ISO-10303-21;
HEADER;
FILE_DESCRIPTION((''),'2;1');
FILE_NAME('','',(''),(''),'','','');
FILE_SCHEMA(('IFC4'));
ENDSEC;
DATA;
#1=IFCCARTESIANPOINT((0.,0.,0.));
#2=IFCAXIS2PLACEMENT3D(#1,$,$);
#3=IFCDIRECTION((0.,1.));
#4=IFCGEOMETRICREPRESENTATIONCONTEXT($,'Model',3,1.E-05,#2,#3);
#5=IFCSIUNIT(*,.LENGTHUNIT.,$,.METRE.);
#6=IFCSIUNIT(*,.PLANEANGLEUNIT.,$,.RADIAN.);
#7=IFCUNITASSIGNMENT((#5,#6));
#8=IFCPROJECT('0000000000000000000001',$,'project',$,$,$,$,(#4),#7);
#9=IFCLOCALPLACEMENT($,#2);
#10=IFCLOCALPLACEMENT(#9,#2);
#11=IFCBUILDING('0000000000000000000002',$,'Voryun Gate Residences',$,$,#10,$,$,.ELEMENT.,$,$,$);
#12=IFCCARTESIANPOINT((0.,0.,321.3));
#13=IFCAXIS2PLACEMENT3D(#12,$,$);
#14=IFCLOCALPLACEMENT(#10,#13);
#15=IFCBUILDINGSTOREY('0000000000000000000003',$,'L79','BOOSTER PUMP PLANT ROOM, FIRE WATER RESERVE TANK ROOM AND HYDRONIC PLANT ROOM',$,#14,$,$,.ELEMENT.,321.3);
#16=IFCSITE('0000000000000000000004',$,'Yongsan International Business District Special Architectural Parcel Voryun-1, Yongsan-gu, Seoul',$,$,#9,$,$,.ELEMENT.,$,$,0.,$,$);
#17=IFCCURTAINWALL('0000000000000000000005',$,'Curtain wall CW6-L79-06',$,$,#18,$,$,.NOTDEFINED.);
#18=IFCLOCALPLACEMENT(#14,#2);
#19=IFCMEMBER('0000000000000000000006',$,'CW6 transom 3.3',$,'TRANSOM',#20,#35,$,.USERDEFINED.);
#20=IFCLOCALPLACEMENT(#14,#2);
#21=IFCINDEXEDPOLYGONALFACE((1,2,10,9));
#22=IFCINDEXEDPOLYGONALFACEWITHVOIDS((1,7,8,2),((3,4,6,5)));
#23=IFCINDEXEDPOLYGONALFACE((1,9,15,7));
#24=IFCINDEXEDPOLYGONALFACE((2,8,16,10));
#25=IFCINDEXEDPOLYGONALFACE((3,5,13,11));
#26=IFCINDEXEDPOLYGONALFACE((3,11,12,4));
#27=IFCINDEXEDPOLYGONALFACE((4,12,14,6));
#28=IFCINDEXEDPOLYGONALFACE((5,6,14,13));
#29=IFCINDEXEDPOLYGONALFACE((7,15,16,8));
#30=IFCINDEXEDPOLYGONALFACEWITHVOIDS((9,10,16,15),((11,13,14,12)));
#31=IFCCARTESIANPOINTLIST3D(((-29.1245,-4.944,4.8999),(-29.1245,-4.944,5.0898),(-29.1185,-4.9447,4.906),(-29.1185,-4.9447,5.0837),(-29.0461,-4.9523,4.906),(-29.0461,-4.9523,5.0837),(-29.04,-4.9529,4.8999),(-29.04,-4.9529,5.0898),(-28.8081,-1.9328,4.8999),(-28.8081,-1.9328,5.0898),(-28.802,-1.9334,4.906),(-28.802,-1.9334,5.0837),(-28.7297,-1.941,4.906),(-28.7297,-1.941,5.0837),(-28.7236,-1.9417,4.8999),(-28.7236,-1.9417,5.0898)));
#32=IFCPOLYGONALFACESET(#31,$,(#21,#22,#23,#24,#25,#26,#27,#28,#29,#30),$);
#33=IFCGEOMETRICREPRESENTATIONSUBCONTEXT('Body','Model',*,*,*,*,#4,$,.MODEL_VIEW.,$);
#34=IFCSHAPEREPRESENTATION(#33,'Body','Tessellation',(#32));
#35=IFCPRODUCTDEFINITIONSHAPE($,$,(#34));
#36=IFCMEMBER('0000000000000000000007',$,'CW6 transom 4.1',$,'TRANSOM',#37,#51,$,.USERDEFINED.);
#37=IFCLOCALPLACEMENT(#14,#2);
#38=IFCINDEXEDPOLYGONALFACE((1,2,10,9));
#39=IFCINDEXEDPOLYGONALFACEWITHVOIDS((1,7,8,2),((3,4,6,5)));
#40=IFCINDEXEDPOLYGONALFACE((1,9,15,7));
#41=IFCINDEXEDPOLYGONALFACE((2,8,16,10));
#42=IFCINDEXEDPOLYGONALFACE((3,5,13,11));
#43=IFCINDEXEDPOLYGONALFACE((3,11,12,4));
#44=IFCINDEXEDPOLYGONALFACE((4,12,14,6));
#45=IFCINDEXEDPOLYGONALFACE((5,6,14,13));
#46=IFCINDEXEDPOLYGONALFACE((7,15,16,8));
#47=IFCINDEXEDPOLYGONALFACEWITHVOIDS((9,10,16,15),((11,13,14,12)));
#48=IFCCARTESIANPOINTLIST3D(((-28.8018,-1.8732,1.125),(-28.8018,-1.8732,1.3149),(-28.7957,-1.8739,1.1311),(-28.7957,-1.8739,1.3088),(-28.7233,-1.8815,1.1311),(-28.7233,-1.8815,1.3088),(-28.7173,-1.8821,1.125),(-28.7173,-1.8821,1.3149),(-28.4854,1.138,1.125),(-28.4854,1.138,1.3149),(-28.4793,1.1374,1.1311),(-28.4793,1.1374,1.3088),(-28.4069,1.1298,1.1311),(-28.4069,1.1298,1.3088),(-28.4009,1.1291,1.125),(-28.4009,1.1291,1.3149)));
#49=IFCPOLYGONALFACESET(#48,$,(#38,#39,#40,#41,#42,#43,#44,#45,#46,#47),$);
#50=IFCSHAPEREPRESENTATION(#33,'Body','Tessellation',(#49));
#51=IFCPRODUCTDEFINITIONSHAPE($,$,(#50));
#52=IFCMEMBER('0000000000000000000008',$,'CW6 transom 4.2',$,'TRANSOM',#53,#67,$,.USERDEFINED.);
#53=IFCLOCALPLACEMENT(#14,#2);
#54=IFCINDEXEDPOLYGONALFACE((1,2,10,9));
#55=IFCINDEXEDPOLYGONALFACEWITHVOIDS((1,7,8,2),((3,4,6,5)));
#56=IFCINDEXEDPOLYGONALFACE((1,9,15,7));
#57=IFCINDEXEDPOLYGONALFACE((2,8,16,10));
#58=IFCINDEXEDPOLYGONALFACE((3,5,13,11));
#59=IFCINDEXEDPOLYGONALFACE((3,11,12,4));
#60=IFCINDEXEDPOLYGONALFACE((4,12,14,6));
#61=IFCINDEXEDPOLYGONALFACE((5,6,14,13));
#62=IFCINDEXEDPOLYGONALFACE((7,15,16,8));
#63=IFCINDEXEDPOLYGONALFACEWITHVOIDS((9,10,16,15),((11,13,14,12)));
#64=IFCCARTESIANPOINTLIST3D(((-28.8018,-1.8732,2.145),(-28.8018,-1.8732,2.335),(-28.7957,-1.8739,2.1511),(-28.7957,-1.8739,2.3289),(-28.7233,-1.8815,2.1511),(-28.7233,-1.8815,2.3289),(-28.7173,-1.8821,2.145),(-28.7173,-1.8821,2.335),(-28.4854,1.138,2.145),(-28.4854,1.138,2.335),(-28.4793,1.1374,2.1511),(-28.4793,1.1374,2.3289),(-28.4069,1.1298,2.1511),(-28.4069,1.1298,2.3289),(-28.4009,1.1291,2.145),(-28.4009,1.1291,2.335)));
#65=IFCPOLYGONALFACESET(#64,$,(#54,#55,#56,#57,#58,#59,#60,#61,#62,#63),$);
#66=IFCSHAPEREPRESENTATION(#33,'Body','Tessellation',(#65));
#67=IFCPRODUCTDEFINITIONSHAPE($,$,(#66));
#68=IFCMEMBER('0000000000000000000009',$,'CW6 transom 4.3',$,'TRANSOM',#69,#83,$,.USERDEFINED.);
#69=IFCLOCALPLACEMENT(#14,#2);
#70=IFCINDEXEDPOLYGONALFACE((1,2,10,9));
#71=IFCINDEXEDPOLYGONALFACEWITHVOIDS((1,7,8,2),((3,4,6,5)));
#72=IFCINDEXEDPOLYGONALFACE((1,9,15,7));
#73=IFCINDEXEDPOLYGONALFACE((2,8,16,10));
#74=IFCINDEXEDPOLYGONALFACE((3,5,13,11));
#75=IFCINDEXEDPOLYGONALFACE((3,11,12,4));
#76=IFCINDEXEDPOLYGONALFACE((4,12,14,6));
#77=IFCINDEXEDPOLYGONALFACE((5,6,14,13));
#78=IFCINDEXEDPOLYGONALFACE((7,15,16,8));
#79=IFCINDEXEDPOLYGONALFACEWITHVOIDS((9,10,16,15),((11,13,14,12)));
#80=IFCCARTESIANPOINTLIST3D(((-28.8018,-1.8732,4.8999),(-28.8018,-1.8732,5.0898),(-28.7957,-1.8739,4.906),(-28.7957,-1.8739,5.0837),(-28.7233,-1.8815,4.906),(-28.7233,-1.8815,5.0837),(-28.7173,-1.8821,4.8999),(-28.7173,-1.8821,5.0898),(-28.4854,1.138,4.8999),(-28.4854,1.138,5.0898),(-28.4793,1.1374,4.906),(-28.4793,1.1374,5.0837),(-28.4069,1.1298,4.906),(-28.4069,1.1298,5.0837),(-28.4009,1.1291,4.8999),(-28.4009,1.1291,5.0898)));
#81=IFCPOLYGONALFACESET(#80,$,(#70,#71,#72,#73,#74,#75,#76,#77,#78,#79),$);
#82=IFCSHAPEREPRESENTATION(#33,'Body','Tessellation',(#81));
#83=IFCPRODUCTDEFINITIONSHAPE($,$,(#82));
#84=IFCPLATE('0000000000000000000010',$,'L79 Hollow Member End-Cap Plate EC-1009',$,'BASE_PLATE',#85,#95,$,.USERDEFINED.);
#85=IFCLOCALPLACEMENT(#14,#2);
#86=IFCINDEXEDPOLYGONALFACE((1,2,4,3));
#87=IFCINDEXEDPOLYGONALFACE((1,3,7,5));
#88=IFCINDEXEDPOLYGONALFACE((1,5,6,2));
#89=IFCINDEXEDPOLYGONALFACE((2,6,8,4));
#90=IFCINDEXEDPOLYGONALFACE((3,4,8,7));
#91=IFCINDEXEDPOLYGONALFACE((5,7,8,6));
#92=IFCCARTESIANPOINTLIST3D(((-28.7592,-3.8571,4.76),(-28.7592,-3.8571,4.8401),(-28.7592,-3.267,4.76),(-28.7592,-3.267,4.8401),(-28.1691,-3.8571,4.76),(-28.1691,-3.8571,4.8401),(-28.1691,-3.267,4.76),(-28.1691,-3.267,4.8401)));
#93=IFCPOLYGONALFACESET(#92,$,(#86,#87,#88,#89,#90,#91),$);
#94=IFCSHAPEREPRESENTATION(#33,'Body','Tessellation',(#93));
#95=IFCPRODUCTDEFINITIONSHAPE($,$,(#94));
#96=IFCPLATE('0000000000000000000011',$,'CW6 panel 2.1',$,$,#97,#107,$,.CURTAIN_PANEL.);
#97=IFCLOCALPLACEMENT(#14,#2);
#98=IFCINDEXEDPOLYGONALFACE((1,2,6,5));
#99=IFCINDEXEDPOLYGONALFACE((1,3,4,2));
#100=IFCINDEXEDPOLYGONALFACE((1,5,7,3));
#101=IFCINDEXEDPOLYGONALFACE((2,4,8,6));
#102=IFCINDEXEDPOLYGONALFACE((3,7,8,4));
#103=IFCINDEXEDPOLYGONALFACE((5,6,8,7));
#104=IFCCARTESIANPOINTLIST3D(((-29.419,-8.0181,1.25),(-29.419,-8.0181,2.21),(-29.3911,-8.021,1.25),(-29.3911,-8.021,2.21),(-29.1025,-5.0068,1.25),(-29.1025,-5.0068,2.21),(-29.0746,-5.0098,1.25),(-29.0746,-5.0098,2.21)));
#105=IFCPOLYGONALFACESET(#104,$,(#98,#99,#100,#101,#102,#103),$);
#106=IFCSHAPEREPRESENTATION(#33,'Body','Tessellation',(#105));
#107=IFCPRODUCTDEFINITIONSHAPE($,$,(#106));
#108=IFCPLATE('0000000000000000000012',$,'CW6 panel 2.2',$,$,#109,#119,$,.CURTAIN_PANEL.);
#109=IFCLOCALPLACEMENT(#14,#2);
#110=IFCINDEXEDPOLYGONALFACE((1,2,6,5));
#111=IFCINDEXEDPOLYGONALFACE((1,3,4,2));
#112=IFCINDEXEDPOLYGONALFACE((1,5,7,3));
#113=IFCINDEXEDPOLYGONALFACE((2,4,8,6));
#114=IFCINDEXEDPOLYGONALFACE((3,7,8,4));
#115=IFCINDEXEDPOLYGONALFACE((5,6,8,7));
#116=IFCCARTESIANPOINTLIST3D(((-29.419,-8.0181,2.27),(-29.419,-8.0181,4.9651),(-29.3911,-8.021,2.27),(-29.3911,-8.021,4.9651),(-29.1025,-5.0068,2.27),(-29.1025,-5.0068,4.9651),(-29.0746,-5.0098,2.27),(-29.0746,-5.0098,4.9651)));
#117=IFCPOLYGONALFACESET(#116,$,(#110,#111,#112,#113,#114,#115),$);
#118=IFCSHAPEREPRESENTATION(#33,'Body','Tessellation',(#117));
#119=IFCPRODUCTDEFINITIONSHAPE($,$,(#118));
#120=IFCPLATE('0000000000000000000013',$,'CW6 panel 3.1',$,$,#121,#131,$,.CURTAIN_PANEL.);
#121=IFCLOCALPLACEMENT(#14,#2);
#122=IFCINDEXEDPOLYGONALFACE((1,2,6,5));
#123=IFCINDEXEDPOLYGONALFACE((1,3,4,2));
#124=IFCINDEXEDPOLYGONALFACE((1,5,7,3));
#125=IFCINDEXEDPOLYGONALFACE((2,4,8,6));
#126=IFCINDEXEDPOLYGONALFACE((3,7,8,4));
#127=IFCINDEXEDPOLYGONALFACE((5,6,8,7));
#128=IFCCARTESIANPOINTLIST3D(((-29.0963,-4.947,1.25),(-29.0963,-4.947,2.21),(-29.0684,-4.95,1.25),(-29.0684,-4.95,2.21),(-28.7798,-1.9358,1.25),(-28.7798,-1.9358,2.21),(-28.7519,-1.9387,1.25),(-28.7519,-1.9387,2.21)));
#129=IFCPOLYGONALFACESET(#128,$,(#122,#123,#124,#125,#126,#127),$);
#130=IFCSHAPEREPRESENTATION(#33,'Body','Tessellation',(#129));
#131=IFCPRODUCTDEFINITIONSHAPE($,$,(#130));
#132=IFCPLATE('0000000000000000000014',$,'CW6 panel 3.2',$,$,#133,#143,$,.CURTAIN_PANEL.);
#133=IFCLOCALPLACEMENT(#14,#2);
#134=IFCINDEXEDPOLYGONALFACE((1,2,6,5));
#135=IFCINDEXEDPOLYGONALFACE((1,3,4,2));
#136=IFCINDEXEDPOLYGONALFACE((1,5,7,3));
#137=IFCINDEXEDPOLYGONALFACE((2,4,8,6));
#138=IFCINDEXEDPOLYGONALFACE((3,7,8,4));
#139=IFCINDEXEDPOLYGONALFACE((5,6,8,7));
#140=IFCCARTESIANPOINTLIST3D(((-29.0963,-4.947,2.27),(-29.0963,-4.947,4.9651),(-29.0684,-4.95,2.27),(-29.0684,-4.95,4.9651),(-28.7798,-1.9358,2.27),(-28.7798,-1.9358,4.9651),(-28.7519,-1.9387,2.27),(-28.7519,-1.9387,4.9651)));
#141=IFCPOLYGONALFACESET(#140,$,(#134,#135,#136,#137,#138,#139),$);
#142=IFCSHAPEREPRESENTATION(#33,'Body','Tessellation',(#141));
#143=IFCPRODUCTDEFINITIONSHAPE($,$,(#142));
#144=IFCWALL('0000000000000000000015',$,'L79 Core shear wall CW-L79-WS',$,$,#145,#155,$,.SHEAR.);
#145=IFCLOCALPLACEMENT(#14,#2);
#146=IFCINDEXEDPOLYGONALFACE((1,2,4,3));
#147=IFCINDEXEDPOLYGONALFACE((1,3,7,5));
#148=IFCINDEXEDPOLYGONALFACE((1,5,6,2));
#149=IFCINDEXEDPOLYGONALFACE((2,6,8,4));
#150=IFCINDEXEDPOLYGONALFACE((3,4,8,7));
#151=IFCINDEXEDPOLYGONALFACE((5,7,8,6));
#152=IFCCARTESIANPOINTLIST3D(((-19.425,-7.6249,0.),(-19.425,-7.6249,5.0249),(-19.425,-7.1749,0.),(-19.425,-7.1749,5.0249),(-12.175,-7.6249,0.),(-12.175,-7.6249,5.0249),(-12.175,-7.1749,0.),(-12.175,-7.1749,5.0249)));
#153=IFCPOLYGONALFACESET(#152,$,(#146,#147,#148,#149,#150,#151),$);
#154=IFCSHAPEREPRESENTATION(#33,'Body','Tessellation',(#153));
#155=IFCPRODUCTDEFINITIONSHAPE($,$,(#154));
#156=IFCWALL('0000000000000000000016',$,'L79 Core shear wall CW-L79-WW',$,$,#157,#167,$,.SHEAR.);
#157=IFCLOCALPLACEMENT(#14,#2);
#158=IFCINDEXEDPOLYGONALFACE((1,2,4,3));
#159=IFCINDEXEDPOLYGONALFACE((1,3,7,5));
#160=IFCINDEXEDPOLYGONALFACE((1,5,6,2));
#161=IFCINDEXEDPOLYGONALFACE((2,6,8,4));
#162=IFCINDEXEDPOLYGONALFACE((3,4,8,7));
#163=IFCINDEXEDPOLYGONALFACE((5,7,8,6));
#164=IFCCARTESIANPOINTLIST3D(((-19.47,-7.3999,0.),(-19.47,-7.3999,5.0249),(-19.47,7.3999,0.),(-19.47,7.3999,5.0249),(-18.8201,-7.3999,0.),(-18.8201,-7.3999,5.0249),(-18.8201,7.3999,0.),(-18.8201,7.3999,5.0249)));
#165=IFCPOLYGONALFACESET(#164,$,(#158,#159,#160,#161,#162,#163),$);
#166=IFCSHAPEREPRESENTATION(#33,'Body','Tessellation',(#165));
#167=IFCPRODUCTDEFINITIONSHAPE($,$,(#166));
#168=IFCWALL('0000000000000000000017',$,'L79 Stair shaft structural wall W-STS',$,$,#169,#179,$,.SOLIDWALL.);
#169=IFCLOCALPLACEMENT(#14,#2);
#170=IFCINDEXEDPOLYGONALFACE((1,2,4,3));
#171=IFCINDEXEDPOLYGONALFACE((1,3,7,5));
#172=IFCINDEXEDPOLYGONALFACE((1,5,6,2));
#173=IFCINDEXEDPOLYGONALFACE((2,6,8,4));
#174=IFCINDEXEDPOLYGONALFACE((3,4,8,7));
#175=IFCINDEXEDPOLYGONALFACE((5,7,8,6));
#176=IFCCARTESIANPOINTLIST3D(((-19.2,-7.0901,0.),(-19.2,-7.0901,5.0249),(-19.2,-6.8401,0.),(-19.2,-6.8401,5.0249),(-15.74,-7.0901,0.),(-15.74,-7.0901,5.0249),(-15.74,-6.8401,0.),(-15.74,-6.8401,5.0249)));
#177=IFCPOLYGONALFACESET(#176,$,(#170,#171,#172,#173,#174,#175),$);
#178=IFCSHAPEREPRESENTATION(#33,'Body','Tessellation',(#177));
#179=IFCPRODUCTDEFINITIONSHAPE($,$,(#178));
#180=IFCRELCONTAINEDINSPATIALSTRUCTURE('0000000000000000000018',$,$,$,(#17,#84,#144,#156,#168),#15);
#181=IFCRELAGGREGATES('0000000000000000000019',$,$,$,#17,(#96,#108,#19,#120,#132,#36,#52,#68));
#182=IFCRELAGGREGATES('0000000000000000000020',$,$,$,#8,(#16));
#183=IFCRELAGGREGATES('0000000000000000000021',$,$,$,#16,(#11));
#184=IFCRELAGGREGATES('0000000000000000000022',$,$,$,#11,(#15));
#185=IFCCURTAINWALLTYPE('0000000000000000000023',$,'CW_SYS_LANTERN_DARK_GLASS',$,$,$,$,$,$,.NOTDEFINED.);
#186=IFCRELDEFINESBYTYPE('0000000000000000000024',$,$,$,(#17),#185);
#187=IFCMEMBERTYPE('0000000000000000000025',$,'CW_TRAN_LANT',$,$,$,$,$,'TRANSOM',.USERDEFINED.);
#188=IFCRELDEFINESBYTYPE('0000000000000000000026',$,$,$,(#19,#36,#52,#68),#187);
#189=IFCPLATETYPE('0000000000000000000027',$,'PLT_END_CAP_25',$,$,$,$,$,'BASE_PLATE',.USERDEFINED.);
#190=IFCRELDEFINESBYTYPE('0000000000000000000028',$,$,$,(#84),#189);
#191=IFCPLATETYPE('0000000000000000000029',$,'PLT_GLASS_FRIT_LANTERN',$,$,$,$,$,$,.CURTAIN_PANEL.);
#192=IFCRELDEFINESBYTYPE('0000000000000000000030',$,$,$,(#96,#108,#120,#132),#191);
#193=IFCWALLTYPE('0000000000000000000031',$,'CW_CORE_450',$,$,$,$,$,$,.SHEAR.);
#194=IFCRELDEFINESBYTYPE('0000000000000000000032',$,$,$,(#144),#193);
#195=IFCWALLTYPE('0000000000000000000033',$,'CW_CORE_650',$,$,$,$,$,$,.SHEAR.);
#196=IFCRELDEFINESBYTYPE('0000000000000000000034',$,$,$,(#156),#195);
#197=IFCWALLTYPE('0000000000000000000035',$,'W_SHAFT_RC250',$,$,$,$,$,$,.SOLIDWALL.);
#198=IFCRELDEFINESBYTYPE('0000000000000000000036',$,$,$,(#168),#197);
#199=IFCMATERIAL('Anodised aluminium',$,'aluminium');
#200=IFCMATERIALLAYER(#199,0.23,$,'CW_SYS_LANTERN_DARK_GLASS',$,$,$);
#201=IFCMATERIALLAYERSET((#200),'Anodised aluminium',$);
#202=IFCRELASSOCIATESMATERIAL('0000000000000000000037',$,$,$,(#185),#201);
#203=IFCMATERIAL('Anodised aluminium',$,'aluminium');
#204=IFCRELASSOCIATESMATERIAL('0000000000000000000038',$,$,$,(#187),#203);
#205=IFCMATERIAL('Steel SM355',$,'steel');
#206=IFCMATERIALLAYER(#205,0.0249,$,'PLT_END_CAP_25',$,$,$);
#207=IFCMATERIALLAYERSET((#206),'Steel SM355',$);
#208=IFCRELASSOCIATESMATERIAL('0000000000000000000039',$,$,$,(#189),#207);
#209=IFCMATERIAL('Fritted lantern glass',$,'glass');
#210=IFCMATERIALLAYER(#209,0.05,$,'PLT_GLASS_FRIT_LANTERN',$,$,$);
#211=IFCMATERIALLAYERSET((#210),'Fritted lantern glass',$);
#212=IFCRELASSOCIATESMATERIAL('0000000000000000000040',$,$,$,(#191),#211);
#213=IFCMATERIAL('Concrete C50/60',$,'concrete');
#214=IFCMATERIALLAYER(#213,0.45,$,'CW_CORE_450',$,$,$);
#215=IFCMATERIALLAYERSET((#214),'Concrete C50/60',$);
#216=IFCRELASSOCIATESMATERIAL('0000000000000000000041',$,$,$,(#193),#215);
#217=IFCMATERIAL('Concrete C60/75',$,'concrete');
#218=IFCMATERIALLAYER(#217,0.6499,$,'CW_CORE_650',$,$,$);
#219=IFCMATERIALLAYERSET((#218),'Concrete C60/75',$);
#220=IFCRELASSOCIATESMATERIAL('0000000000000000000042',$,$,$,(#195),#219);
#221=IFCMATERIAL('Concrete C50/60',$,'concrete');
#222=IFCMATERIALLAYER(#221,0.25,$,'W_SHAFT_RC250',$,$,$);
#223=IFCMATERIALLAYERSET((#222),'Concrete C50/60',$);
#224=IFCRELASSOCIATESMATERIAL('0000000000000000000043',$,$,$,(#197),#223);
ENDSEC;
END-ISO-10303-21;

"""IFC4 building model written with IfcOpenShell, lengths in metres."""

from ifc_helpers import new_model, si_unit, direction, frame, frame_2d, origin, origin_2d, place, context, subcontext, project, spatial, rectangle, hollow_rectangle, extrude, material, layer, layer_set, material_profile, profile_set, type_object, element, aggregate, save


model = new_model("IFC4")

# Units and contexts
model_context = context("Model", 3, precision=1e-05, world=origin(), true_north=direction((0.0, 1.0)))
body_context = subcontext(model_context, "Body", "Model", "MODEL_VIEW")
ifc_project = project(units=[si_unit("LENGTHUNIT", "METRE"), si_unit("PLANEANGLEUNIT", "RADIAN")], contexts=[model_context])

# Site, building, storey
site_placement = place(None, origin())
site = spatial("IfcSite", under=ifc_project, at=site_placement, Name="Yongsan International Business District Special Architectural Parcel Voryun-1, Yongsan-gu, Seoul", CompositionType="ELEMENT", RefElevation=0.0)
building_placement = place(site_placement, origin())
building = spatial("IfcBuilding", under=site, at=building_placement, Name="Voryun Gate Residences", CompositionType="ELEMENT")
storey_placement = place(building_placement, frame((0.0, 0.0, 321.3)))
storey = spatial("IfcBuildingStorey", under=building, at=storey_placement, Name="L79", Description="BOOSTER PUMP PLANT ROOM, FIRE WATER RESERVE TANK ROOM AND HYDRONIC PLANT ROOM", CompositionType="ELEMENT", Elevation=321.3)

# Curtain wall, members
ifc_material_1 = material(Name="Anodised aluminium", Category="aluminium")
ifc_layer_1 = layer(ifc_material_1, 0.23, Name="CW_SYS_LANTERN_DARK_GLASS")
ifc_layer_set_1 = layer_set([ifc_layer_1], Name="Anodised aluminium")
curtain_wall_type = type_object("IfcCurtainWallType", Name="CW_SYS_LANTERN_DARK_GLASS", PredefinedType="NOTDEFINED", material=ifc_layer_set_1)
curtain_wall_placement = place(storey_placement, origin())
curtain_wall = element("IfcCurtainWall", 1, at=curtain_wall_placement, inside=storey, type_object=curtain_wall_type, Name="Curtain wall CW6-L79-06", PredefinedType="NOTDEFINED")
ifc_material_2 = material(Name="Anodised aluminium", Category="aluminium")
ifc_material_profile_1 = material_profile(ifc_material_2, hollow_rectangle(XDim=0.085, YDim=0.1899, WallThickness=0.0061, at=origin_2d()), Name="ALU-TRAN-190x85x6")
ifc_profile_set_1 = profile_set([ifc_material_profile_1], Name="Anodised aluminium")
member_type_1 = type_object("IfcMemberType", Name="CW_TRAN_LANT", ElementType="TRANSOM", PredefinedType="USERDEFINED", material=ifc_profile_set_1)
member_1_placement = place(storey_placement, frame((-29.0823, -4.9485, 4.9949), z_axis=(0.1045, 0.994525, 0.0), x_axis=(-0.994525, 0.1045, 0.0)))
member_1 = element("IfcMember", 2, at=member_1_placement, type_object=member_type_1, Name="CW6 transom 3.3", ObjectType="TRANSOM", PredefinedType="USERDEFINED", context=body_context, shape_type="SweptSolid", body=[
    extrude(hollow_rectangle(XDim=0.085, YDim=0.1899, WallThickness=0.0061, at=origin_2d()), origin(), (0.0, 0.0, 1.0), 3.0278),
])
member_2_placement = place(storey_placement, frame((-28.7595, -1.8777, 1.22), z_axis=(0.1045, 0.994525, 0.0), x_axis=(-0.994525, 0.1045, 0.0)))
member_2 = element("IfcMember", 3, at=member_2_placement, type_object=member_type_1, Name="CW6 transom 4.1", ObjectType="TRANSOM", PredefinedType="USERDEFINED", context=body_context, shape_type="SweptSolid", body=[
    extrude(hollow_rectangle(XDim=0.085, YDim=0.1899, WallThickness=0.0061, at=origin_2d()), origin(), (0.0, 0.0, 1.0), 3.0278),
])
member_3_placement = place(storey_placement, frame((-28.7595, -1.8777, 2.24), z_axis=(0.1045, 0.994525, 0.0), x_axis=(-0.994525, 0.1045, 0.0)))
member_3 = element("IfcMember", 4, at=member_3_placement, type_object=member_type_1, Name="CW6 transom 4.2", ObjectType="TRANSOM", PredefinedType="USERDEFINED", context=body_context, shape_type="SweptSolid", body=[
    extrude(hollow_rectangle(XDim=0.085, YDim=0.1899, WallThickness=0.0061, at=origin_2d()), origin(), (0.0, 0.0, 1.0), 3.0278),
])
member_4_placement = place(storey_placement, frame((-28.7595, -1.8777, 4.9949), z_axis=(0.1045, 0.994525, 0.0), x_axis=(-0.994525, 0.1045, 0.0)))
member_4 = element("IfcMember", 5, at=member_4_placement, type_object=member_type_1, Name="CW6 transom 4.3", ObjectType="TRANSOM", PredefinedType="USERDEFINED", context=body_context, shape_type="SweptSolid", body=[
    extrude(hollow_rectangle(XDim=0.085, YDim=0.1899, WallThickness=0.0061, at=origin_2d()), origin(), (0.0, 0.0, 1.0), 3.0278),
])

# Plates
ifc_material_3 = material(Name="Steel SM355", Category="steel")
ifc_layer_2 = layer(ifc_material_3, 0.0249, Name="PLT_END_CAP_25")
ifc_layer_set_2 = layer_set([ifc_layer_2], Name="Steel SM355")
plate_type_1 = type_object("IfcPlateType", Name="PLT_END_CAP_25", ElementType="BASE_PLATE", PredefinedType="USERDEFINED", material=ifc_layer_set_2)
plate_1_placement = place(storey_placement, frame((-28.4641, -3.562, 4.76), z_axis=(0.0, 0.0, 1.0), x_axis=(1.0, 0.0, 0.0)))
element("IfcPlate", 6, at=plate_1_placement, inside=storey, type_object=plate_type_1, Name="L79 Hollow Member End-Cap Plate EC-1009", ObjectType="BASE_PLATE", PredefinedType="USERDEFINED", context=body_context, shape_type="SweptSolid", body=[
    extrude(rectangle(XDim=0.5901, YDim=0.5901, at=origin_2d()), origin(), (0.0, 0.0, 1.0), 0.0801),
])
ifc_material_4 = material(Name="Fritted lantern glass", Category="glass")
ifc_layer_3 = layer(ifc_material_4, 0.05, Name="PLT_GLASS_FRIT_LANTERN")
ifc_layer_set_3 = layer_set([ifc_layer_3], Name="Fritted lantern glass")
plate_type_2 = type_object("IfcPlateType", Name="PLT_GLASS_FRIT_LANTERN", PredefinedType="CURTAIN_PANEL", material=ifc_layer_set_3)
plate_2_placement = place(storey_placement, frame((-29.2468, -6.5139, 1.25), z_axis=(0.0, 0.0, 1.0), x_axis=(0.104528, 0.994522, 0.0)))
plate_2 = element("IfcPlate", 7, at=plate_2_placement, type_object=plate_type_2, Name="CW6 panel 2.1", PredefinedType="CURTAIN_PANEL", context=body_context, shape_type="SweptSolid", body=[
    extrude(rectangle(XDim=3.0278, YDim=0.0281, at=origin_2d()), origin(), (0.0, 0.0, 1.0), 0.96),
])
plate_3_placement = place(storey_placement, frame((-29.2468, -6.5139, 2.27), z_axis=(0.0, 0.0, 1.0), x_axis=(0.104528, 0.994522, 0.0)))
plate_3 = element("IfcPlate", 8, at=plate_3_placement, type_object=plate_type_2, Name="CW6 panel 2.2", PredefinedType="CURTAIN_PANEL", context=body_context, shape_type="SweptSolid", body=[
    extrude(rectangle(XDim=3.0278, YDim=0.0281, at=origin_2d()), origin(), (0.0, 0.0, 1.0), 2.6951),
])
plate_4_placement = place(storey_placement, frame((-28.9241, -3.4429, 1.25), z_axis=(0.0, 0.0, 1.0), x_axis=(0.104528, 0.994522, 0.0)))
plate_4 = element("IfcPlate", 9, at=plate_4_placement, type_object=plate_type_2, Name="CW6 panel 3.1", PredefinedType="CURTAIN_PANEL", context=body_context, shape_type="SweptSolid", body=[
    extrude(rectangle(XDim=3.0278, YDim=0.0281, at=origin_2d()), origin(), (0.0, 0.0, 1.0), 0.96),
])
plate_5_placement = place(storey_placement, frame((-28.9241, -3.4429, 2.27), z_axis=(0.0, 0.0, 1.0), x_axis=(0.104528, 0.994522, 0.0)))
plate_5 = element("IfcPlate", 10, at=plate_5_placement, type_object=plate_type_2, Name="CW6 panel 3.2", PredefinedType="CURTAIN_PANEL", context=body_context, shape_type="SweptSolid", body=[
    extrude(rectangle(XDim=3.0278, YDim=0.0281, at=origin_2d()), origin(), (0.0, 0.0, 1.0), 2.6951),
])
aggregate(curtain_wall, [plate_2, plate_3, member_1, plate_4, plate_5, member_2, member_3, member_4])

# Walls
ifc_material_5 = material(Name="Concrete C50/60", Category="concrete")
ifc_layer_4 = layer(ifc_material_5, 0.45, Name="CW_CORE_450")
ifc_layer_set_4 = layer_set([ifc_layer_4], Name="Concrete C50/60")
wall_type_1 = type_object("IfcWallType", Name="CW_CORE_450", PredefinedType="SHEAR", material=ifc_layer_set_4)
wall_1_placement = place(storey_placement, frame((-19.425, -7.3999, 0.0), z_axis=(0.0, 0.0, 1.0), x_axis=(1.0, 0.0, 0.0)))
element("IfcWall", 11, at=wall_1_placement, inside=storey, type_object=wall_type_1, Name="L79 Core shear wall CW-L79-WS", PredefinedType="SHEAR", context=body_context, shape_type="SweptSolid", body=[
    extrude(rectangle(XDim=7.25, YDim=0.45, at=frame_2d((3.625, 0.0))), origin(), (0.0, 0.0, 1.0), 5.0249),
])
ifc_material_6 = material(Name="Concrete C60/75", Category="concrete")
ifc_layer_5 = layer(ifc_material_6, 0.6499, Name="CW_CORE_650")
ifc_layer_set_5 = layer_set([ifc_layer_5], Name="Concrete C60/75")
wall_type_2 = type_object("IfcWallType", Name="CW_CORE_650", PredefinedType="SHEAR", material=ifc_layer_set_5)
wall_2_placement = place(storey_placement, frame((-19.145, -7.3999, 0.0), z_axis=(0.0, 0.0, 1.0), x_axis=(0.0, 1.0, 0.0)))
element("IfcWall", 12, at=wall_2_placement, inside=storey, type_object=wall_type_2, Name="L79 Core shear wall CW-L79-WW", PredefinedType="SHEAR", context=body_context, shape_type="SweptSolid", body=[
    extrude(rectangle(XDim=14.7998, YDim=0.6499, at=frame_2d((7.3999, 0.0))), origin(), (0.0, 0.0, 1.0), 5.0249),
])
ifc_material_7 = material(Name="Concrete C50/60", Category="concrete")
ifc_layer_6 = layer(ifc_material_7, 0.25, Name="W_SHAFT_RC250")
ifc_layer_set_6 = layer_set([ifc_layer_6], Name="Concrete C50/60")
wall_type_3 = type_object("IfcWallType", Name="W_SHAFT_RC250", PredefinedType="SOLIDWALL", material=ifc_layer_set_6)
wall_3_placement = place(storey_placement, frame((-19.2, -6.9651, 0.0), z_axis=(0.0, 0.0, 1.0), x_axis=(1.0, 0.0, 0.0)))
element("IfcWall", 13, at=wall_3_placement, inside=storey, type_object=wall_type_3, Name="L79 Stair shaft structural wall W-STS", PredefinedType="SOLIDWALL", context=body_context, shape_type="SweptSolid", body=[
    extrude(rectangle(XDim=3.46, YDim=0.25, at=frame_2d((1.73, 0.0))), origin(), (0.0, 0.0, 1.0), 5.0249),
])

save(model, "model.ifc")
